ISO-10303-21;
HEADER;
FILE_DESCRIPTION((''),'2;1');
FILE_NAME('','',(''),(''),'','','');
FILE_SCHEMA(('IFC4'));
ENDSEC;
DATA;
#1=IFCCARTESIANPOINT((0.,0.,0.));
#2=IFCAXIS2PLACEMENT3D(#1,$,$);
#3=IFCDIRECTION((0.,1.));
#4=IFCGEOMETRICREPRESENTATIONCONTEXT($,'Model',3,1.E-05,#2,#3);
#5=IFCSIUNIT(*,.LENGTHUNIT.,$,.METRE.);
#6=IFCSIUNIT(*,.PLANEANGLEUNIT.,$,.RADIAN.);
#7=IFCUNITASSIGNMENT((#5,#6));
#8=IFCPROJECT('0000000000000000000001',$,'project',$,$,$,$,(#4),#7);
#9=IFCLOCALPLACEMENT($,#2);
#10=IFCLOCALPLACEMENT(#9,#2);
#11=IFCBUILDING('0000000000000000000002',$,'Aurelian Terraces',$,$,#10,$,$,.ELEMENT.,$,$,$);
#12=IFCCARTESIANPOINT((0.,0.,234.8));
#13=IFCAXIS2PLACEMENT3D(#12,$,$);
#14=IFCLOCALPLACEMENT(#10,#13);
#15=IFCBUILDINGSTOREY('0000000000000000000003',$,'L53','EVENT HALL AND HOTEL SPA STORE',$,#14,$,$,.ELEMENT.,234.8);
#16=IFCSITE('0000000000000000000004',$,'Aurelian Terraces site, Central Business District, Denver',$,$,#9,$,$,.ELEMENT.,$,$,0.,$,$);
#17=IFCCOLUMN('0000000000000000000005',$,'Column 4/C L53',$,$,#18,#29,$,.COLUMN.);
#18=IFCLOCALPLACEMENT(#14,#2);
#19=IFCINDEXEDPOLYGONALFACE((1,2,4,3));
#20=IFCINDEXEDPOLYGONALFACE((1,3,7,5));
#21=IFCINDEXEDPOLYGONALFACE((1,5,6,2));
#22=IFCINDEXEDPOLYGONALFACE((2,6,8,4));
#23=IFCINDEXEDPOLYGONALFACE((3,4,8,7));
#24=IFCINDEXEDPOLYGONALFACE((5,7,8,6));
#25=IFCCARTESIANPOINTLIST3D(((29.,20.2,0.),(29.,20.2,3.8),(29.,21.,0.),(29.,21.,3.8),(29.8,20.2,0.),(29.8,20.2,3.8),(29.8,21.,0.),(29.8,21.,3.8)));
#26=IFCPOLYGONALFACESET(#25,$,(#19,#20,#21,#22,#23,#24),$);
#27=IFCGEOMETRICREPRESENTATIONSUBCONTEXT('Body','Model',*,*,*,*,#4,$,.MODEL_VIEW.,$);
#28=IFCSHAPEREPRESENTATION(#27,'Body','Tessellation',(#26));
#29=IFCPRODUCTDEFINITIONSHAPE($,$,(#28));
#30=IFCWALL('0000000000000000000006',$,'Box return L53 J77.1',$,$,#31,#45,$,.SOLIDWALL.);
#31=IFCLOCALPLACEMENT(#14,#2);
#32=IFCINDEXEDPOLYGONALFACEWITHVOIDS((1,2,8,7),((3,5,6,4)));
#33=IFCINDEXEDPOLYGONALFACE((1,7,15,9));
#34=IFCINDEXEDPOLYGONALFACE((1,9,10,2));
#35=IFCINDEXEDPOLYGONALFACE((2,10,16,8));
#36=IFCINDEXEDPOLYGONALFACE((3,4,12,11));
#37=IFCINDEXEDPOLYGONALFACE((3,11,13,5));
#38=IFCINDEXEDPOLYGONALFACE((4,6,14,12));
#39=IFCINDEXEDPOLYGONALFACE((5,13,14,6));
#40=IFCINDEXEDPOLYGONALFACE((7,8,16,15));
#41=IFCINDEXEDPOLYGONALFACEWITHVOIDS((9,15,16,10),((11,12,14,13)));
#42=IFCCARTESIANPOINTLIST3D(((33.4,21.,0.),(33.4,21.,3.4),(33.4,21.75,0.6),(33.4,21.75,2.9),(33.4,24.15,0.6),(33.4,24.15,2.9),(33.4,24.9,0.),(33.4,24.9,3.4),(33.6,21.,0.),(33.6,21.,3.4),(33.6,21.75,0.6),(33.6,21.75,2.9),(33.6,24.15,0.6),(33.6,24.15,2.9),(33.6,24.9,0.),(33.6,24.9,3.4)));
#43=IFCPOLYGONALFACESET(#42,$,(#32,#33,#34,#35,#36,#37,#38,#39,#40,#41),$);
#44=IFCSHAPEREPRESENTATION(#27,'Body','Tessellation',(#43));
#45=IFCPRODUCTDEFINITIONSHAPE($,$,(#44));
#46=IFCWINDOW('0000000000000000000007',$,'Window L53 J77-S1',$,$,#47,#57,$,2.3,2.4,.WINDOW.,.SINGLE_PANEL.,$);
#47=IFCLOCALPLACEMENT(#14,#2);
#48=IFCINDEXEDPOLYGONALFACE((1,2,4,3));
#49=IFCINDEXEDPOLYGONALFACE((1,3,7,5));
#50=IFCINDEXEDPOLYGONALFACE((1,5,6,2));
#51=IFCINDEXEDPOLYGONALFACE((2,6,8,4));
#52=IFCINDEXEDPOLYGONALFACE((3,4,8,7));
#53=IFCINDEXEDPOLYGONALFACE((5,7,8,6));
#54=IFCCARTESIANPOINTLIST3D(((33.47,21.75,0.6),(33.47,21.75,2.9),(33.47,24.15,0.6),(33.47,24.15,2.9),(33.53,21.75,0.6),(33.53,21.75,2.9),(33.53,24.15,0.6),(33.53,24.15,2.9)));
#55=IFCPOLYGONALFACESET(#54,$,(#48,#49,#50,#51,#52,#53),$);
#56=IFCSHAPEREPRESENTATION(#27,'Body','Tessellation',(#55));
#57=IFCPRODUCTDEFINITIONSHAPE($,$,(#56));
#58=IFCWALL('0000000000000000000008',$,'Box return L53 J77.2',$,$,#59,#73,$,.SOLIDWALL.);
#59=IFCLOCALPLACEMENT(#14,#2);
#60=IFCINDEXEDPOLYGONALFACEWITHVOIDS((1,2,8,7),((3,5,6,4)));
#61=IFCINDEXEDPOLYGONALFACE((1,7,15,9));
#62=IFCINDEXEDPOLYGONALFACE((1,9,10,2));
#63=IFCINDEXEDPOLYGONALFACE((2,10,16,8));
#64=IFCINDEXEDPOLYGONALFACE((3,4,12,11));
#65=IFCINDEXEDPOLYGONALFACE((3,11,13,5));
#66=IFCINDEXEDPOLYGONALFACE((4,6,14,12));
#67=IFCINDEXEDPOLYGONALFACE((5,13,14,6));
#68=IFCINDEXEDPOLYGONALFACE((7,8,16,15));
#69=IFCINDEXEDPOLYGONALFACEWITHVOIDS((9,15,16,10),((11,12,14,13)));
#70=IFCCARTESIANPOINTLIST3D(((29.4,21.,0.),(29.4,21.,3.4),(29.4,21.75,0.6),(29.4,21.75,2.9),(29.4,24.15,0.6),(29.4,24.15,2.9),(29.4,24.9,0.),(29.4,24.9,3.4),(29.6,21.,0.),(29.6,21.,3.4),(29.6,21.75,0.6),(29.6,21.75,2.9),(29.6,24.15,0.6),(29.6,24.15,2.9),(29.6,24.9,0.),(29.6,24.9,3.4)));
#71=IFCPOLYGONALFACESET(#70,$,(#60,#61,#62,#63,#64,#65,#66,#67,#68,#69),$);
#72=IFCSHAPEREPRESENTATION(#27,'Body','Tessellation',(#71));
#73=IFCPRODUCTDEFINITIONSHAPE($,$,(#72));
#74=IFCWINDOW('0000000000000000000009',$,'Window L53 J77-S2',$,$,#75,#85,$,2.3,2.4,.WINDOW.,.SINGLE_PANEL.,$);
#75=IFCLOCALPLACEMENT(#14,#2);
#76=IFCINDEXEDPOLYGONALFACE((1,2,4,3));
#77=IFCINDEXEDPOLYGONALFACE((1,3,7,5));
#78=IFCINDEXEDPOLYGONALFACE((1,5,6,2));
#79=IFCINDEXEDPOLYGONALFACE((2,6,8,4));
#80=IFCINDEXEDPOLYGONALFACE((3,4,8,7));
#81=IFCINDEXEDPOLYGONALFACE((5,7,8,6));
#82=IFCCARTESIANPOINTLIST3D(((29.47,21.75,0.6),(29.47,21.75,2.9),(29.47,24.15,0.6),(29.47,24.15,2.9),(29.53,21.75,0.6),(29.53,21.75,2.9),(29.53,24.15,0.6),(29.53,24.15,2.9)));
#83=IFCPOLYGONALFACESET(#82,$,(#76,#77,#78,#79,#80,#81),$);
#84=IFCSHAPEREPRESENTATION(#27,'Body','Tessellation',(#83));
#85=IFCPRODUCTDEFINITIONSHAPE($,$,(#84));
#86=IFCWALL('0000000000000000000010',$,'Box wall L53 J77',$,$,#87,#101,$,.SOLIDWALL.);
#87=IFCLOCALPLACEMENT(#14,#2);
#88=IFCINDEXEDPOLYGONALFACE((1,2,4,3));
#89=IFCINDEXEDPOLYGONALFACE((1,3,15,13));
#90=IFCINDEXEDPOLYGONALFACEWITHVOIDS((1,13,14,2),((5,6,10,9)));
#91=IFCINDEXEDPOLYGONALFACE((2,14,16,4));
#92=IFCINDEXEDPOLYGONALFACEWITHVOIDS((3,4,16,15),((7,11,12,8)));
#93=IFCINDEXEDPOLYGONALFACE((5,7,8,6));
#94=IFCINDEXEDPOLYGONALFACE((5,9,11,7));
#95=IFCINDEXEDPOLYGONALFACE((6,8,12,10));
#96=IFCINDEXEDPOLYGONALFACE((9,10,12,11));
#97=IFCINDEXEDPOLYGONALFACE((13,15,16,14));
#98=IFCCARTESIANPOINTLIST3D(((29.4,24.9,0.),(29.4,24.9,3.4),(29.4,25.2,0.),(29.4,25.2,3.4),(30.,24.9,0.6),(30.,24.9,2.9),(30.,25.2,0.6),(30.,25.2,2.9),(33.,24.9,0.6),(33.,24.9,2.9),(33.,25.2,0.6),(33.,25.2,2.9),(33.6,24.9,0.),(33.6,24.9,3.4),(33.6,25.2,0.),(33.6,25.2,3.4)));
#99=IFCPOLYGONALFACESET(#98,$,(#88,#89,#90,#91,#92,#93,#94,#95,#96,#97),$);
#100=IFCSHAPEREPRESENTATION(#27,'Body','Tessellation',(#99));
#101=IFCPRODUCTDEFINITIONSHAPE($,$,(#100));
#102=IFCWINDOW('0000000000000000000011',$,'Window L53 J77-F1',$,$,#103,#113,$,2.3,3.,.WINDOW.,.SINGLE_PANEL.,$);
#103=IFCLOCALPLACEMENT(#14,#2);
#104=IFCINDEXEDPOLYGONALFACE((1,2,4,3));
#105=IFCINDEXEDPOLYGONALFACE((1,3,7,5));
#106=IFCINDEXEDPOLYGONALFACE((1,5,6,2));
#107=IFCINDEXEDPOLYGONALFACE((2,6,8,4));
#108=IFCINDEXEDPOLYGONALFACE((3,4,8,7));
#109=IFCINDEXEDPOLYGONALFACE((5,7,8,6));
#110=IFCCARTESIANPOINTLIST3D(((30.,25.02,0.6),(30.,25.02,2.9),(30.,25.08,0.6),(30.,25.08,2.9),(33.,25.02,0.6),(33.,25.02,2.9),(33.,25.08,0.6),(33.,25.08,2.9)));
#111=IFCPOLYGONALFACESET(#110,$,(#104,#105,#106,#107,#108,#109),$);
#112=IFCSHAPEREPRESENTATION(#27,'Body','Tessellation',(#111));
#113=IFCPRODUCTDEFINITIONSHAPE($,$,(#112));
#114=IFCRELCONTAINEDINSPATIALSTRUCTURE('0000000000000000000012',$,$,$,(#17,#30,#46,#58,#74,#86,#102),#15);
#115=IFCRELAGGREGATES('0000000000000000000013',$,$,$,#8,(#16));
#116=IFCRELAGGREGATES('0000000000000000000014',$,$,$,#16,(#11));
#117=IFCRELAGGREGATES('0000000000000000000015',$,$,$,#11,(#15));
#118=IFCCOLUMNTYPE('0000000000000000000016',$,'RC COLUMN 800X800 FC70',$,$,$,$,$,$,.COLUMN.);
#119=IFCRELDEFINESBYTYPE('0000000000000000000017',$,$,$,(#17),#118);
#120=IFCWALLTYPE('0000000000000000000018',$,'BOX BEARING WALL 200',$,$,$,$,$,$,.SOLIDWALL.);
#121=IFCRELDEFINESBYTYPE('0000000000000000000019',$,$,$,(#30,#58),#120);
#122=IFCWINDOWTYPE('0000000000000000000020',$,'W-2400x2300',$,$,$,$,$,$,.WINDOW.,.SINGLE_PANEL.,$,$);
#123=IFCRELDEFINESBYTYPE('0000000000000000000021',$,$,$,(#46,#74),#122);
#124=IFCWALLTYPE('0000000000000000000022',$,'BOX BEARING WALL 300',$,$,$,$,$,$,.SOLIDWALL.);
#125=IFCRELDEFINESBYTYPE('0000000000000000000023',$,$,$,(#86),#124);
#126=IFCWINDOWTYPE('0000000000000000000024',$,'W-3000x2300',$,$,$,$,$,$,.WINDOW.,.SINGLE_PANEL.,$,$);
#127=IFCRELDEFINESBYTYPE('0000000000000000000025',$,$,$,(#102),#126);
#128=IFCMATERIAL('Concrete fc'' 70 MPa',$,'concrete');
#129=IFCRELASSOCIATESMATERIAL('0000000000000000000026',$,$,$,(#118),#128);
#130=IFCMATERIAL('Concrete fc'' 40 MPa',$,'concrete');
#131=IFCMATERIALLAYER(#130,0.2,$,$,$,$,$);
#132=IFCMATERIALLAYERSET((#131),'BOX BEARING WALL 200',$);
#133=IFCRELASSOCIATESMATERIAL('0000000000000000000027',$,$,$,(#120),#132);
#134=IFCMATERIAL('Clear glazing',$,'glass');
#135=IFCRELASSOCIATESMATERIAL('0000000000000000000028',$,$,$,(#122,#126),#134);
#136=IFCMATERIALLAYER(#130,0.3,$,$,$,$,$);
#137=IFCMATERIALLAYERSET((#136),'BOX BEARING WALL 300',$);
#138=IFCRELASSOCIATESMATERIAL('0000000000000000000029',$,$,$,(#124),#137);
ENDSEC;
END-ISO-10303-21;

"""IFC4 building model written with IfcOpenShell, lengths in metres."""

from ifc_helpers import new_model, si_unit, direction, frame, frame_2d, origin, origin_2d, place, context, subcontext, project, spatial, rectangle, extrude, source, transform, mapped, material, layer, layer_set, material_profile, profile_set, type_object, element, fill, save


model = new_model("IFC4")

# Units and contexts
model_context = context("Model", 3, precision=1e-05, world=origin(), true_north=direction((0.0, 1.0)))
body_context = subcontext(model_context, "Body", "Model", "MODEL_VIEW")
ifc_project = project(units=[si_unit("LENGTHUNIT", "METRE"), si_unit("PLANEANGLEUNIT", "RADIAN")], contexts=[model_context])

# Site, building, storey
site_placement = place(None, origin())
site = spatial("IfcSite", under=ifc_project, at=site_placement, Name="Aurelian Terraces site, Central Business District, Denver", CompositionType="ELEMENT", RefElevation=0.0)
building_placement = place(site_placement, origin())
building = spatial("IfcBuilding", under=site, at=building_placement, Name="Aurelian Terraces", CompositionType="ELEMENT")
storey_placement = place(building_placement, frame((0.0, 0.0, 234.8)))
storey = spatial("IfcBuildingStorey", under=building, at=storey_placement, Name="L53", Description="EVENT HALL AND HOTEL SPA STORE", CompositionType="ELEMENT", Elevation=234.8)

# Column
ifc_material_1 = material(Name="Concrete fc' 70 MPa", Category="concrete")
ifc_material_profile = material_profile(ifc_material_1, rectangle(XDim=0.8, YDim=0.8, at=origin_2d()))
ifc_profile_set = profile_set([ifc_material_profile], Name="Concrete fc' 70 MPa")
column_type = type_object("IfcColumnType", Name="RC COLUMN 800X800 FC70", PredefinedType="COLUMN", material=ifc_profile_set)
shared_shape_1 = source(origin(), body_context, "Body", "SweptSolid", [
    extrude(rectangle(XDim=0.8, YDim=0.8, at=origin_2d()), origin(), (0.0, 0.0, 1.0), 3.8),
])
column_placement = place(storey_placement, frame((29.4, 20.6, 0.0), z_axis=(0.0, 0.0, 1.0), x_axis=(1.0, 0.0, 0.0)))
element("IfcColumn", 1, at=column_placement, inside=storey, type_object=column_type, Name="Column 4/C L53", PredefinedType="COLUMN", context=body_context, shape_type="MappedRepresentation", body=[
    mapped(shared_shape_1, transform((0.0, 0.0, 0.0), scale=1.0)),
])

# Walls, openings, windows
ifc_material_2 = material(Name="Concrete fc' 40 MPa", Category="concrete")
ifc_layer_1 = layer(ifc_material_2, 0.2)
ifc_layer_set_1 = layer_set([ifc_layer_1], Name="BOX BEARING WALL 200")
wall_type_1 = type_object("IfcWallType", Name="BOX BEARING WALL 200", PredefinedType="SOLIDWALL", material=ifc_layer_set_1)
shared_shape_2 = source(origin(), body_context, "Body", "SweptSolid", [
    extrude(rectangle(XDim=3.9, YDim=0.2, at=frame_2d((1.95, 0.0))), origin(), (0.0, 0.0, 1.0), 3.4),
])
wall_1_placement = place(storey_placement, frame((33.5, 21.0, 0.0), z_axis=(0.0, 0.0, 1.0), x_axis=(0.0, 1.0, 0.0)))
wall_1 = element("IfcWall", 2, at=wall_1_placement, inside=storey, type_object=wall_type_1, Name="Box return L53 J77.1", PredefinedType="SOLIDWALL", context=body_context, shape_type="MappedRepresentation", body=[
    mapped(shared_shape_2, transform((0.0, 0.0, 0.0), scale=1.0)),
])
shared_shape_3 = source(origin(), body_context, "Body", "SweptSolid", [
    extrude(rectangle(XDim=2.4, YDim=2.3, at=frame_2d((1.2, 1.15))), frame((0.0, 0.11, 0.0), z_axis=(0.0, -1.0, 0.0), x_axis=(1.0, 0.0, 0.0)), (0.0, 0.0, 1.0), 0.22),
])
opening_1_placement = place(wall_1_placement, frame((0.75, 0.0, 0.6)))
opening_1 = element("IfcOpeningElement", 3, at=opening_1_placement, cuts=wall_1, PredefinedType="OPENING", context=body_context, shape_type="MappedRepresentation", body=[
    mapped(shared_shape_3, transform((0.0, 0.0, 0.0), scale=1.0)),
])
ifc_material_3 = material(Name="Clear glazing", Category="glass")
window_type_1 = type_object("IfcWindowType", Name="W-2400x2300", PartitioningType="SINGLE_PANEL", PredefinedType="WINDOW", material=ifc_material_3)
shared_shape_4 = source(origin(), body_context, "Body", "SweptSolid", [
    extrude(rectangle(XDim=2.4, YDim=2.3, at=frame_2d((1.2, 1.15))), frame((0.0, 0.03, 0.0), z_axis=(0.0, -1.0, 0.0), x_axis=(1.0, 0.0, 0.0)), (0.0, 0.0, 1.0), 0.06),
])
window_1_placement = place(opening_1_placement, origin())
window_1 = element("IfcWindow", 4, at=window_1_placement, inside=storey, type_object=window_type_1, Name="Window L53 J77-S1", OverallHeight=2.3, OverallWidth=2.4, PartitioningType="SINGLE_PANEL", PredefinedType="WINDOW", context=body_context, shape_type="MappedRepresentation", body=[
    mapped(shared_shape_4, transform((0.0, 0.0, 0.0), scale=1.0)),
])
fill(opening_1, window_1)
wall_2_placement = place(storey_placement, frame((29.5, 21.0, 0.0), z_axis=(0.0, 0.0, 1.0), x_axis=(0.0, 1.0, 0.0)))
wall_2 = element("IfcWall", 5, at=wall_2_placement, inside=storey, type_object=wall_type_1, Name="Box return L53 J77.2", PredefinedType="SOLIDWALL", context=body_context, shape_type="MappedRepresentation", body=[
    mapped(shared_shape_2, transform((0.0, 0.0, 0.0), scale=1.0)),
])
opening_2_placement = place(wall_2_placement, frame((0.75, 0.0, 0.6)))
opening_2 = element("IfcOpeningElement", 6, at=opening_2_placement, cuts=wall_2, PredefinedType="OPENING", context=body_context, shape_type="MappedRepresentation", body=[
    mapped(shared_shape_3, transform((0.0, 0.0, 0.0), scale=1.0)),
])
window_2_placement = place(opening_2_placement, origin())
window_2 = element("IfcWindow", 7, at=window_2_placement, inside=storey, type_object=window_type_1, Name="Window L53 J77-S2", OverallHeight=2.3, OverallWidth=2.4, PartitioningType="SINGLE_PANEL", PredefinedType="WINDOW", context=body_context, shape_type="MappedRepresentation", body=[
    mapped(shared_shape_4, transform((0.0, 0.0, 0.0), scale=1.0)),
])
fill(opening_2, window_2)
ifc_layer_2 = layer(ifc_material_2, 0.3)
ifc_layer_set_2 = layer_set([ifc_layer_2], Name="BOX BEARING WALL 300")
wall_type_2 = type_object("IfcWallType", Name="BOX BEARING WALL 300", PredefinedType="SOLIDWALL", material=ifc_layer_set_2)
shared_shape_5 = source(origin(), body_context, "Body", "SweptSolid", [
    extrude(rectangle(XDim=4.2, YDim=0.3, at=frame_2d((2.1, 0.0))), origin(), (0.0, 0.0, 1.0), 3.4),
])
wall_3_placement = place(storey_placement, frame((33.6, 25.05, 0.0), z_axis=(0.0, 0.0, 1.0), x_axis=(-1.0, 0.0, 0.0)))
wall_3 = element("IfcWall", 8, at=wall_3_placement, inside=storey, type_object=wall_type_2, Name="Box wall L53 J77", PredefinedType="SOLIDWALL", context=body_context, shape_type="MappedRepresentation", body=[
    mapped(shared_shape_5, transform((0.0, 0.0, 0.0), scale=1.0)),
])
shared_shape_6 = source(origin(), body_context, "Body", "SweptSolid", [
    extrude(rectangle(XDim=3.0, YDim=2.3, at=frame_2d((1.5, 1.15))), frame((0.0, 0.16, 0.0), z_axis=(0.0, -1.0, 0.0), x_axis=(1.0, 0.0, 0.0)), (0.0, 0.0, 1.0), 0.32),
])
opening_3_placement = place(wall_3_placement, frame((0.6, 0.0, 0.6)))
opening_3 = element("IfcOpeningElement", 9, at=opening_3_placement, cuts=wall_3, PredefinedType="OPENING", context=body_context, shape_type="MappedRepresentation", body=[
    mapped(shared_shape_6, transform((0.0, 0.0, 0.0), scale=1.0)),
])
window_type_2 = type_object("IfcWindowType", Name="W-3000x2300", PartitioningType="SINGLE_PANEL", PredefinedType="WINDOW", material=ifc_material_3)
shared_shape_7 = source(origin(), body_context, "Body", "SweptSolid", [
    extrude(rectangle(XDim=3.0, YDim=2.3, at=frame_2d((1.5, 1.15))), frame((0.0, 0.03, 0.0), z_axis=(0.0, -1.0, 0.0), x_axis=(1.0, 0.0, 0.0)), (0.0, 0.0, 1.0), 0.06),
])
window_3_placement = place(opening_3_placement, origin())
window_3 = element("IfcWindow", 10, at=window_3_placement, inside=storey, type_object=window_type_2, Name="Window L53 J77-F1", OverallHeight=2.3, OverallWidth=3.0, PartitioningType="SINGLE_PANEL", PredefinedType="WINDOW", context=body_context, shape_type="MappedRepresentation", body=[
    mapped(shared_shape_7, transform((0.0, 0.0, 0.0), scale=1.0)),
])
fill(opening_3, window_3)

save(model, "model.ifc")
